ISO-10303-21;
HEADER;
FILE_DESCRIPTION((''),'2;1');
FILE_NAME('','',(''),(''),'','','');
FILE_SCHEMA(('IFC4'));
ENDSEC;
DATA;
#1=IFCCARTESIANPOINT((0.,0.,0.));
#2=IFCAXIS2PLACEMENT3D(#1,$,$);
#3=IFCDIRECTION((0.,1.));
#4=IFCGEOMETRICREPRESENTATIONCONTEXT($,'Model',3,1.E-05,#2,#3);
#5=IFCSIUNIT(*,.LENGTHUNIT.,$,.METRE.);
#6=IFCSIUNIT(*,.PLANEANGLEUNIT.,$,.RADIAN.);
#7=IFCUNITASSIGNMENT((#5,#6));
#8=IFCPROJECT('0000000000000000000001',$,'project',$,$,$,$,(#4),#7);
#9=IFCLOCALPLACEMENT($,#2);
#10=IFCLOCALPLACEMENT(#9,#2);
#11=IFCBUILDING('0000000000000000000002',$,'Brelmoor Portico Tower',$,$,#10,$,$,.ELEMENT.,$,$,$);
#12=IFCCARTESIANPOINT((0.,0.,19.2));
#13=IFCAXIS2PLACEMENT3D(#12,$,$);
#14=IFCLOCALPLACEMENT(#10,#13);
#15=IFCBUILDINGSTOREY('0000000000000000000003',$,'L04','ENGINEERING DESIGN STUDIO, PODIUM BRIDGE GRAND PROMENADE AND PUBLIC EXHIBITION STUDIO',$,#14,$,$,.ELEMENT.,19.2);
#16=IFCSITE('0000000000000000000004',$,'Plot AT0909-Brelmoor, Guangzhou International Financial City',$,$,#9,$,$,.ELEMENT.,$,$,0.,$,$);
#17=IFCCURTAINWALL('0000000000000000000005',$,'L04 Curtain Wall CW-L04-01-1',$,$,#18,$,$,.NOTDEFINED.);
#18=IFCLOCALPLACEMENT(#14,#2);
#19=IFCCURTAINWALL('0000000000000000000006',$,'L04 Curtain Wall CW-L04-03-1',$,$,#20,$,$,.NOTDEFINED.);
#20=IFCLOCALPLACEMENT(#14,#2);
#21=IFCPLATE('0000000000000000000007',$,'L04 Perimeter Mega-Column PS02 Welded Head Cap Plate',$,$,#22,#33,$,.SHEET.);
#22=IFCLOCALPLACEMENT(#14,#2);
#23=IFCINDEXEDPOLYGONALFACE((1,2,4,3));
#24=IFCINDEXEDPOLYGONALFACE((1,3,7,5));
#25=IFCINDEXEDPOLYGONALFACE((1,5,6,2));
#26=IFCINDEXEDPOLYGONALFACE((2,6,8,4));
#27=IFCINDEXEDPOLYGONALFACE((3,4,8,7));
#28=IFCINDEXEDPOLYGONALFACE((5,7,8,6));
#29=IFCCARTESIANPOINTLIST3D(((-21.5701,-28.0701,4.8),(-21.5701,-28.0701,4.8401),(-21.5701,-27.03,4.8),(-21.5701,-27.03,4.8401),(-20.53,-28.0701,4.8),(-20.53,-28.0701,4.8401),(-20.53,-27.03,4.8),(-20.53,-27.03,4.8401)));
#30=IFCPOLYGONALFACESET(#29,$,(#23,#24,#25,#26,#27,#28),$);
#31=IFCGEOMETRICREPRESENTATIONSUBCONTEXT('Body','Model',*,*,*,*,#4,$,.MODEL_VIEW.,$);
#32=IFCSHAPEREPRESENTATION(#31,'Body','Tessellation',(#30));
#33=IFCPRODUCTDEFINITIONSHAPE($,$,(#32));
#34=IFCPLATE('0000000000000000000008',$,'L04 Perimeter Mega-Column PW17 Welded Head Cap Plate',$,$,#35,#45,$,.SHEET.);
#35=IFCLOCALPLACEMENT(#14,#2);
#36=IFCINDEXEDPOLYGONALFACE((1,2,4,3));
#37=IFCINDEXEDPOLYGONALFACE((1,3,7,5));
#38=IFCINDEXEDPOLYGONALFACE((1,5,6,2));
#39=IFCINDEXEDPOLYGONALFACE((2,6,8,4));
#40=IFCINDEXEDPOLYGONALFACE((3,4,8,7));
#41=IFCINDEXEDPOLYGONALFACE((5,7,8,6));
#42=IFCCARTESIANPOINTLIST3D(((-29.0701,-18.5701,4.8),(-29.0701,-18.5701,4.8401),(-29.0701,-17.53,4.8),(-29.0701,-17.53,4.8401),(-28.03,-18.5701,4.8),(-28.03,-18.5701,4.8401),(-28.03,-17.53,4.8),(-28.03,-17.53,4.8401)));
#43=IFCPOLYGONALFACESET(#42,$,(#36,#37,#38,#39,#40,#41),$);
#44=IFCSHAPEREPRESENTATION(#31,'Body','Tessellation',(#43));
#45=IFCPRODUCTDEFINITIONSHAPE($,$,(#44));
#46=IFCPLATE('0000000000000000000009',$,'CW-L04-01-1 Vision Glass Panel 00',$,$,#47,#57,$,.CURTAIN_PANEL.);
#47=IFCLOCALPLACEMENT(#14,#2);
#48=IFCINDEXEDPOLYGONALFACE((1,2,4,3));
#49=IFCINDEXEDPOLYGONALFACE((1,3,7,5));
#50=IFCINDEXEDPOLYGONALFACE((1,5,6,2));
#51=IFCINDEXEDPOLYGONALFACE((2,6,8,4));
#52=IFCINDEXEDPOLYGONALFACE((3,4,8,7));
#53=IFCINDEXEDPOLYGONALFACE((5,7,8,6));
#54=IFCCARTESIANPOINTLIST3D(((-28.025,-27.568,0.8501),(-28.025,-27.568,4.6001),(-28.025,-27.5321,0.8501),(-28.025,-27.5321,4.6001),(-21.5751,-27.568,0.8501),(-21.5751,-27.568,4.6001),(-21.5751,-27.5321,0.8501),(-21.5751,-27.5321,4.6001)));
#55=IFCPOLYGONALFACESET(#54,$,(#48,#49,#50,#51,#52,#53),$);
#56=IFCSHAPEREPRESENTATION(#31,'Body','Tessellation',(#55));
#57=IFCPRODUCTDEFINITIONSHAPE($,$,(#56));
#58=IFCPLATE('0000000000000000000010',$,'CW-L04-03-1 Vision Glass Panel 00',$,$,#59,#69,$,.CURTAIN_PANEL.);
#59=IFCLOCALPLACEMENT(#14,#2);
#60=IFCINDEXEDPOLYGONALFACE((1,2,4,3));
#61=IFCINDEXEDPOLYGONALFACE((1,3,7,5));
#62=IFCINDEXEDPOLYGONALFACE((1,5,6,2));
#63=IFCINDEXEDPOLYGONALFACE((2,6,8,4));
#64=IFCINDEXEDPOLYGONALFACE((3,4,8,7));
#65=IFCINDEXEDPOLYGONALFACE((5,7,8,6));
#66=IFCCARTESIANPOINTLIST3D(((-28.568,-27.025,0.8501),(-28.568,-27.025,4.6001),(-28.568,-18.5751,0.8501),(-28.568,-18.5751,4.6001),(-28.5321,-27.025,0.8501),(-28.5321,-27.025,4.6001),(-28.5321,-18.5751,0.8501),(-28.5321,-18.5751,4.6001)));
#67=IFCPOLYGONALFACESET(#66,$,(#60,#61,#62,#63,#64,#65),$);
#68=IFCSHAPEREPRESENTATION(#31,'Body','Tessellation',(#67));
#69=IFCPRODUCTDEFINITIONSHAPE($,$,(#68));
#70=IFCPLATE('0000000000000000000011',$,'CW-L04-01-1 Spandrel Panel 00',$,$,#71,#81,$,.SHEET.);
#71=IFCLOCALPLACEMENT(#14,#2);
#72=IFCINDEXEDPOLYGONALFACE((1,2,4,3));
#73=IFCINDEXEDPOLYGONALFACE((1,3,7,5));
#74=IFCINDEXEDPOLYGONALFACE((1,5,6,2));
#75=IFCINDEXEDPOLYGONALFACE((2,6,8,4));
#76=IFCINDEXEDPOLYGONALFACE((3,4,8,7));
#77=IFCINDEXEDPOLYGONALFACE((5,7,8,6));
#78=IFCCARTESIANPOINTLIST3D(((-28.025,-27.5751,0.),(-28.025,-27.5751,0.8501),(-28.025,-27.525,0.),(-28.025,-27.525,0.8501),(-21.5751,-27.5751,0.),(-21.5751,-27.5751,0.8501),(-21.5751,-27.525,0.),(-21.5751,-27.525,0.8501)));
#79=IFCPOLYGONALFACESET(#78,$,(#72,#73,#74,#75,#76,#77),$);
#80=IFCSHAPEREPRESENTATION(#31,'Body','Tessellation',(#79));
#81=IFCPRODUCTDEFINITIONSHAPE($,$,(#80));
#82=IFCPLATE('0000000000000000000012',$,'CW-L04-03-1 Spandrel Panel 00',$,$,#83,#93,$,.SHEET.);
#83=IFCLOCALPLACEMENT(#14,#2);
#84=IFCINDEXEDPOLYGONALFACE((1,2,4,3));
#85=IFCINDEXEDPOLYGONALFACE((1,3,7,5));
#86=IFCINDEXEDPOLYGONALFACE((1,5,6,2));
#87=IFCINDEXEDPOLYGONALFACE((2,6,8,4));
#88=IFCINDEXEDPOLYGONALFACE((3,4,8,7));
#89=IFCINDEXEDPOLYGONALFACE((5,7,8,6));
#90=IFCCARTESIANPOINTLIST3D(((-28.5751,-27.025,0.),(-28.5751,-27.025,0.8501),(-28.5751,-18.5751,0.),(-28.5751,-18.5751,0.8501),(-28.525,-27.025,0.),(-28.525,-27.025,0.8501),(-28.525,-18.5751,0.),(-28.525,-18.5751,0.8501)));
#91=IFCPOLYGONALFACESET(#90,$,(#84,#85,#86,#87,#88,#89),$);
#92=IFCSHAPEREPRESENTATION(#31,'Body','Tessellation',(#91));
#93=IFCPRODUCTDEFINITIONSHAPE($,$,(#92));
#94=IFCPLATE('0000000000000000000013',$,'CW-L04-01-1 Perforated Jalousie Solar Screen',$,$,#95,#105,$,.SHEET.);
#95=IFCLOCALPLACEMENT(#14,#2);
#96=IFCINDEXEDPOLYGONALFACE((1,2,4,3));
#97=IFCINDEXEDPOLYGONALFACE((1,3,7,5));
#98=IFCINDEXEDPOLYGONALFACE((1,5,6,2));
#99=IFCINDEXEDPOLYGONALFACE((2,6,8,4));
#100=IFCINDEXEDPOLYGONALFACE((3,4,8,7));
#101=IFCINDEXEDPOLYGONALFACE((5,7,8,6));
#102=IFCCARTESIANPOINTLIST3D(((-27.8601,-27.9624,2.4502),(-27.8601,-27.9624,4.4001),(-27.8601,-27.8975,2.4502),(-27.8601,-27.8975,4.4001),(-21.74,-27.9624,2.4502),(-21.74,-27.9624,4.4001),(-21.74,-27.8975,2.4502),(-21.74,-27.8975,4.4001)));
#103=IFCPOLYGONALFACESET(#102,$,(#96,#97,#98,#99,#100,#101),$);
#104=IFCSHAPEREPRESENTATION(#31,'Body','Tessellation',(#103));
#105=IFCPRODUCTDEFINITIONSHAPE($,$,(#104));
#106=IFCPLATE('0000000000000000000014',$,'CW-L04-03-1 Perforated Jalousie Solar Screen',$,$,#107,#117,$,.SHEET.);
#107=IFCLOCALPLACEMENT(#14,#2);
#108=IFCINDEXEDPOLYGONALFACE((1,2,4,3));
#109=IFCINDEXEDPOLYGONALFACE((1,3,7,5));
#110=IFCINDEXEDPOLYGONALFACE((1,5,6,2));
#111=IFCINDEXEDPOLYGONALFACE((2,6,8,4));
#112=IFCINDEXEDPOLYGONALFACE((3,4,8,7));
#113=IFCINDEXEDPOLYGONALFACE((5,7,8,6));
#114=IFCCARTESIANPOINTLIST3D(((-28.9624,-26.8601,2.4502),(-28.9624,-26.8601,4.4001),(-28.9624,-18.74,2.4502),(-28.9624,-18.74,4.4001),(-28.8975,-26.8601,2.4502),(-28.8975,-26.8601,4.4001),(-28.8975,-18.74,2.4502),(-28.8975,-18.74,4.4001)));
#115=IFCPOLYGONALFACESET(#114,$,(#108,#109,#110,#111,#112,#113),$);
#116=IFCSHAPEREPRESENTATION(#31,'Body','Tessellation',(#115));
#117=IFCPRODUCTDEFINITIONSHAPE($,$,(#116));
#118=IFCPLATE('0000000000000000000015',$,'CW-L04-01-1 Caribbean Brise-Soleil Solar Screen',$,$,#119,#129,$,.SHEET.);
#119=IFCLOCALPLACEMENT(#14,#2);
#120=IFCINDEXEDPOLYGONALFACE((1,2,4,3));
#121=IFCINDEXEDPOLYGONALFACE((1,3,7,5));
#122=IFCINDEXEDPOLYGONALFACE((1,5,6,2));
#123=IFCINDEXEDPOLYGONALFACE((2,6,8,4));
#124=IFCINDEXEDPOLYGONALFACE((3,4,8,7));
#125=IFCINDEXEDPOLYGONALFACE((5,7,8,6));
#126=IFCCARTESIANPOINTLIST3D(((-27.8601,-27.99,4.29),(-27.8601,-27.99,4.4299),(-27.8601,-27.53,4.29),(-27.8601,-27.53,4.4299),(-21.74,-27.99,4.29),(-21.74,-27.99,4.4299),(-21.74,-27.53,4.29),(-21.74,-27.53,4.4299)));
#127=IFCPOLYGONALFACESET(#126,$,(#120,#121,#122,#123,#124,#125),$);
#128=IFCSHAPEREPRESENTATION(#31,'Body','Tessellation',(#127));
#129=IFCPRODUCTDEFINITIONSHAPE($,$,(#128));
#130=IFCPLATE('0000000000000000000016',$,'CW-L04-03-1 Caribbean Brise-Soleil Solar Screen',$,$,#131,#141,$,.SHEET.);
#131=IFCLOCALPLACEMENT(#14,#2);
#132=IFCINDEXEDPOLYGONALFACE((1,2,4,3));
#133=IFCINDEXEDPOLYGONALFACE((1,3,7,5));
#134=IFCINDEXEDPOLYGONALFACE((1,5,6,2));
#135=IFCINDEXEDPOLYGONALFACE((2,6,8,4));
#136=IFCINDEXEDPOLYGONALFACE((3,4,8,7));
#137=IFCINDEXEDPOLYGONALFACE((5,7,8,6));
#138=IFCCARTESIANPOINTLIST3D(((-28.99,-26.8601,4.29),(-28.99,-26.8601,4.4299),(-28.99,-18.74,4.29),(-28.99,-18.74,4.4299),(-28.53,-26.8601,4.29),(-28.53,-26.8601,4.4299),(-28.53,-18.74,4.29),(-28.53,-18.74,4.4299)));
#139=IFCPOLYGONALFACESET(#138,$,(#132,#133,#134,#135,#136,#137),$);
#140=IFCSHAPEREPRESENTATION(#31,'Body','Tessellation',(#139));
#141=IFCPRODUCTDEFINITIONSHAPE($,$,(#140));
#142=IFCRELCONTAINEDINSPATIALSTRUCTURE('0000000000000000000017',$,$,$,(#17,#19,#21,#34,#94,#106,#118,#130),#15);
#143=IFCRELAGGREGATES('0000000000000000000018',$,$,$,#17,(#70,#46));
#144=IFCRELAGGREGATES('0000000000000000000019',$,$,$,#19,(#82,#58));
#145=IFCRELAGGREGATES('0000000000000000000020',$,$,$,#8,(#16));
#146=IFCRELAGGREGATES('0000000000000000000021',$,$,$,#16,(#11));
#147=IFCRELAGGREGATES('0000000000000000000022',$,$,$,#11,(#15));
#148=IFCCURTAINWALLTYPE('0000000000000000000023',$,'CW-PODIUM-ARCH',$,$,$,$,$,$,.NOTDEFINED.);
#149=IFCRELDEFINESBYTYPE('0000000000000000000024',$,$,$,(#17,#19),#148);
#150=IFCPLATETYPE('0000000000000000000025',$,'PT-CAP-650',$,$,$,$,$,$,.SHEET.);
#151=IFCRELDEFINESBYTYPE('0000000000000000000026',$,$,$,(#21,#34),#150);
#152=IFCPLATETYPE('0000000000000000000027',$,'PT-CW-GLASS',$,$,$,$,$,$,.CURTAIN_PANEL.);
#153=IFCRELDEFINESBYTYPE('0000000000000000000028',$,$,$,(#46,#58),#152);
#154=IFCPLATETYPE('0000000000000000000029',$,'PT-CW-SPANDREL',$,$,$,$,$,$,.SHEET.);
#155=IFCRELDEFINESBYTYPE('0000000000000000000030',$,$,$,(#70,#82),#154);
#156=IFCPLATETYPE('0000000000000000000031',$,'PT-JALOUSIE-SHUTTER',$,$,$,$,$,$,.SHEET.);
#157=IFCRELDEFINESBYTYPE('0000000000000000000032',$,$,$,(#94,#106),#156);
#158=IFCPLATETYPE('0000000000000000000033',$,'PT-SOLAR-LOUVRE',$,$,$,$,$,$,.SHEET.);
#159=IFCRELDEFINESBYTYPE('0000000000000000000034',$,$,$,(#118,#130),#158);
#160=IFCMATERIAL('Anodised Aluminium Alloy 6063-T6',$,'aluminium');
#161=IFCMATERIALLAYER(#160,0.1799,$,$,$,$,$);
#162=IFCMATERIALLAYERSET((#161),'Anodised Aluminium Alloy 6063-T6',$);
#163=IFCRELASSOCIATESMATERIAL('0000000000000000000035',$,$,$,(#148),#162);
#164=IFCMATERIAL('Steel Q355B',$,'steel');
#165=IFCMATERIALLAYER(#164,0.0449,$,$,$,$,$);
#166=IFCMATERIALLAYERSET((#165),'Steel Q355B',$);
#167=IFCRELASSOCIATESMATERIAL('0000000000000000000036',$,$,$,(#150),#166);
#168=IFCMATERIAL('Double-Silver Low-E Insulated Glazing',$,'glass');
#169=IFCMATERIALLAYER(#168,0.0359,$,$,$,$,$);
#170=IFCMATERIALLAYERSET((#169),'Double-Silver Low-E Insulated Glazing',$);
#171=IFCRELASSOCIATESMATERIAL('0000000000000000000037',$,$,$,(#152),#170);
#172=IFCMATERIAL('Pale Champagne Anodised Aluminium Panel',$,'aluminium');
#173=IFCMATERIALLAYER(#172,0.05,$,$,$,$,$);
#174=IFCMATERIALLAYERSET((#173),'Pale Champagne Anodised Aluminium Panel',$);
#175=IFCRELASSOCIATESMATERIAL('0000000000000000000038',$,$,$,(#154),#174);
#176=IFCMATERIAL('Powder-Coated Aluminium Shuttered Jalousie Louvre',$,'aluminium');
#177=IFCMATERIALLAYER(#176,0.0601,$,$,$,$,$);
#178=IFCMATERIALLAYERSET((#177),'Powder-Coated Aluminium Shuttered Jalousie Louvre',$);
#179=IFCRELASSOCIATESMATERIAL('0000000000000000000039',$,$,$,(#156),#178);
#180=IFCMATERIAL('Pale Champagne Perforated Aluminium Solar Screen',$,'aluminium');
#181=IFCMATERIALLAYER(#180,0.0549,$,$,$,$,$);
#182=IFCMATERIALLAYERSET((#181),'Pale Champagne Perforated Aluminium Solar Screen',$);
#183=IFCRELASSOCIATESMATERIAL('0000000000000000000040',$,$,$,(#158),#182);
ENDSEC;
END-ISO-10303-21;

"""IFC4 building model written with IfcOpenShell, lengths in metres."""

from ifc_helpers import new_model, si_unit, direction, frame, origin, origin_2d, place, context, subcontext, project, spatial, rectangle, extrude, material, layer, layer_set, type_object, element, aggregate, save


model = new_model("IFC4")

# Units and contexts
model_context = context("Model", 3, precision=1e-05, world=origin(), true_north=direction((0.0, 1.0)))
body_context = subcontext(model_context, "Body", "Model", "MODEL_VIEW")
ifc_project = project(units=[si_unit("LENGTHUNIT", "METRE"), si_unit("PLANEANGLEUNIT", "RADIAN")], contexts=[model_context])

# Site, building, storey
site_placement = place(None, origin())
site = spatial("IfcSite", under=ifc_project, at=site_placement, Name="Plot AT0909-Brelmoor, Guangzhou International Financial City", CompositionType="ELEMENT", RefElevation=0.0)
building_placement = place(site_placement, origin())
building = spatial("IfcBuilding", under=site, at=building_placement, Name="Brelmoor Portico Tower", CompositionType="ELEMENT")
storey_placement = place(building_placement, frame((0.0, 0.0, 19.2)))
storey = spatial("IfcBuildingStorey", under=building, at=storey_placement, Name="L04", Description="ENGINEERING DESIGN STUDIO, PODIUM BRIDGE GRAND PROMENADE AND PUBLIC EXHIBITION STUDIO", CompositionType="ELEMENT", Elevation=19.2)

# Shared definitions
ifc_material_1 = material(Name="Steel Q355B", Category="steel")

# Curtain walls
ifc_material_2 = material(Name="Anodised Aluminium Alloy 6063-T6", Category="aluminium")
ifc_layer_1 = layer(ifc_material_2, 0.1799)
ifc_layer_set_1 = layer_set([ifc_layer_1], Name="Anodised Aluminium Alloy 6063-T6")
curtain_wall_type = type_object("IfcCurtainWallType", Name="CW-PODIUM-ARCH", PredefinedType="NOTDEFINED", material=ifc_layer_set_1)
curtain_wall_1_placement = place(storey_placement, origin())
curtain_wall_1 = element("IfcCurtainWall", 1, at=curtain_wall_1_placement, inside=storey, type_object=curtain_wall_type, Name="L04 Curtain Wall CW-L04-01-1", PredefinedType="NOTDEFINED")
curtain_wall_2_placement = place(storey_placement, origin())
curtain_wall_2 = element("IfcCurtainWall", 2, at=curtain_wall_2_placement, inside=storey, type_object=curtain_wall_type, Name="L04 Curtain Wall CW-L04-03-1", PredefinedType="NOTDEFINED")

# Plates
ifc_layer_2 = layer(ifc_material_1, 0.0449)
ifc_layer_set_2 = layer_set([ifc_layer_2], Name="Steel Q355B")
plate_type_1 = type_object("IfcPlateType", Name="PT-CAP-650", PredefinedType="SHEET", material=ifc_layer_set_2)
for number, where, z_axis, x_axis, name in (
    (3, (-21.05, -27.55, 4.8), (0.0, 0.0, 1.0), (1.0, 0.0, 0.0), "L04 Perimeter Mega-Column PS02 Welded Head Cap Plate"),
    (4, (-28.55, -18.05, 4.8), (0.0, 0.0, 1.0), (0.0, 1.0, 0.0), "L04 Perimeter Mega-Column PW17 Welded Head Cap Plate"),
):
    element("IfcPlate", number, at=place(storey_placement, frame(where, z_axis=z_axis, x_axis=x_axis)), inside=storey, type_object=plate_type_1, Name=name, PredefinedType="SHEET", context=body_context, shape_type="SweptSolid", body=[
        extrude(rectangle(XDim=1.04, YDim=1.04, at=origin_2d()), origin(), (0.0, 0.0, 1.0), 0.04),
    ])

# Plates
ifc_material_3 = material(Name="Double-Silver Low-E Insulated Glazing", Category="glass")
ifc_layer_3 = layer(ifc_material_3, 0.0359)
ifc_layer_set_3 = layer_set([ifc_layer_3], Name="Double-Silver Low-E Insulated Glazing")
plate_type_2 = type_object("IfcPlateType", Name="PT-CW-GLASS", PredefinedType="CURTAIN_PANEL", material=ifc_layer_set_3)
plate_1_placement = place(storey_placement, frame((-24.8, -27.55, 0.8501), z_axis=(0.0, 0.0, 1.0), x_axis=(1.0, 0.0, 0.0)))
plate_1 = element("IfcPlate", 5, at=plate_1_placement, type_object=plate_type_2, Name="CW-L04-01-1 Vision Glass Panel 00", PredefinedType="CURTAIN_PANEL", context=body_context, shape_type="SweptSolid", body=[
    extrude(rectangle(XDim=6.45, YDim=0.0359, at=origin_2d()), origin(), (0.0, 0.0, 1.0), 3.75),
])
plate_2_placement = place(storey_placement, frame((-28.55, -22.8, 0.8501), z_axis=(0.0, 0.0, 1.0), x_axis=(0.0, 1.0, 0.0)))
plate_2 = element("IfcPlate", 6, at=plate_2_placement, type_object=plate_type_2, Name="CW-L04-03-1 Vision Glass Panel 00", PredefinedType="CURTAIN_PANEL", context=body_context, shape_type="SweptSolid", body=[
    extrude(rectangle(XDim=8.45, YDim=0.0359, at=origin_2d()), origin(), (0.0, 0.0, 1.0), 3.75),
])
ifc_material_4 = material(Name="Pale Champagne Anodised Aluminium Panel", Category="aluminium")
ifc_layer_4 = layer(ifc_material_4, 0.05)
ifc_layer_set_4 = layer_set([ifc_layer_4], Name="Pale Champagne Anodised Aluminium Panel")
plate_type_3 = type_object("IfcPlateType", Name="PT-CW-SPANDREL", PredefinedType="SHEET", material=ifc_layer_set_4)
plate_3_placement = place(storey_placement, frame((-24.8, -27.55, 0.0), z_axis=(0.0, 0.0, 1.0), x_axis=(1.0, 0.0, 0.0)))
plate_3 = element("IfcPlate", 7, at=plate_3_placement, type_object=plate_type_3, Name="CW-L04-01-1 Spandrel Panel 00", PredefinedType="SHEET", context=body_context, shape_type="SweptSolid", body=[
    extrude(rectangle(XDim=6.45, YDim=0.05, at=origin_2d()), origin(), (0.0, 0.0, 1.0), 0.8501),
])
aggregate(curtain_wall_1, [plate_3, plate_1])
plate_4_placement = place(storey_placement, frame((-28.55, -22.8, 0.0), z_axis=(0.0, 0.0, 1.0), x_axis=(0.0, 1.0, 0.0)))
plate_4 = element("IfcPlate", 8, at=plate_4_placement, type_object=plate_type_3, Name="CW-L04-03-1 Spandrel Panel 00", PredefinedType="SHEET", context=body_context, shape_type="SweptSolid", body=[
    extrude(rectangle(XDim=8.45, YDim=0.05, at=origin_2d()), origin(), (0.0, 0.0, 1.0), 0.8501),
])
aggregate(curtain_wall_2, [plate_4, plate_2])

# Plates
ifc_material_5 = material(Name="Powder-Coated Aluminium Shuttered Jalousie Louvre", Category="aluminium")
ifc_layer_5 = layer(ifc_material_5, 0.0601)
ifc_layer_set_5 = layer_set([ifc_layer_5], Name="Powder-Coated Aluminium Shuttered Jalousie Louvre")
plate_type_4 = type_object("IfcPlateType", Name="PT-JALOUSIE-SHUTTER", PredefinedType="SHEET", material=ifc_layer_set_5)
plate_5_placement = place(storey_placement, frame((-24.8, -27.9299, 2.4502), z_axis=(0.0, 0.0, 1.0), x_axis=(1.0, 0.0, 0.0)))
element("IfcPlate", 9, at=plate_5_placement, inside=storey, type_object=plate_type_4, Name="CW-L04-01-1 Perforated Jalousie Solar Screen", PredefinedType="SHEET", context=body_context, shape_type="SweptSolid", body=[
    extrude(rectangle(XDim=6.1201, YDim=0.0649, at=origin_2d()), origin(), (0.0, 0.0, 1.0), 1.95),
])
plate_6_placement = place(storey_placement, frame((-28.9299, -22.8, 2.4502), z_axis=(0.0, 0.0, 1.0), x_axis=(0.0, 1.0, 0.0)))
element("IfcPlate", 10, at=plate_6_placement, inside=storey, type_object=plate_type_4, Name="CW-L04-03-1 Perforated Jalousie Solar Screen", PredefinedType="SHEET", context=body_context, shape_type="SweptSolid", body=[
    extrude(rectangle(XDim=8.1201, YDim=0.0649, at=origin_2d()), origin(), (0.0, 0.0, 1.0), 1.95),
])
ifc_material_6 = material(Name="Pale Champagne Perforated Aluminium Solar Screen", Category="aluminium")
ifc_layer_6 = layer(ifc_material_6, 0.0549)
ifc_layer_set_6 = layer_set([ifc_layer_6], Name="Pale Champagne Perforated Aluminium Solar Screen")
plate_type_5 = type_object("IfcPlateType", Name="PT-SOLAR-LOUVRE", PredefinedType="SHEET", material=ifc_layer_set_6)
plate_7_placement = place(storey_placement, frame((-24.8, -27.76, 4.29), z_axis=(0.0, 0.0, 1.0), x_axis=(1.0, 0.0, 0.0)))
element("IfcPlate", 11, at=plate_7_placement, inside=storey, type_object=plate_type_5, Name="CW-L04-01-1 Caribbean Brise-Soleil Solar Screen", PredefinedType="SHEET", context=body_context, shape_type="SweptSolid", body=[
    extrude(rectangle(XDim=6.1201, YDim=0.46, at=origin_2d()), origin(), (0.0, 0.0, 1.0), 0.1399),
])
plate_8_placement = place(storey_placement, frame((-28.76, -22.8, 4.29), z_axis=(0.0, 0.0, 1.0), x_axis=(0.0, 1.0, 0.0)))
element("IfcPlate", 12, at=plate_8_placement, inside=storey, type_object=plate_type_5, Name="CW-L04-03-1 Caribbean Brise-Soleil Solar Screen", PredefinedType="SHEET", context=body_context, shape_type="SweptSolid", body=[
    extrude(rectangle(XDim=8.1201, YDim=0.46, at=origin_2d()), origin(), (0.0, 0.0, 1.0), 0.1399),
])

save(model, "model.ifc")
